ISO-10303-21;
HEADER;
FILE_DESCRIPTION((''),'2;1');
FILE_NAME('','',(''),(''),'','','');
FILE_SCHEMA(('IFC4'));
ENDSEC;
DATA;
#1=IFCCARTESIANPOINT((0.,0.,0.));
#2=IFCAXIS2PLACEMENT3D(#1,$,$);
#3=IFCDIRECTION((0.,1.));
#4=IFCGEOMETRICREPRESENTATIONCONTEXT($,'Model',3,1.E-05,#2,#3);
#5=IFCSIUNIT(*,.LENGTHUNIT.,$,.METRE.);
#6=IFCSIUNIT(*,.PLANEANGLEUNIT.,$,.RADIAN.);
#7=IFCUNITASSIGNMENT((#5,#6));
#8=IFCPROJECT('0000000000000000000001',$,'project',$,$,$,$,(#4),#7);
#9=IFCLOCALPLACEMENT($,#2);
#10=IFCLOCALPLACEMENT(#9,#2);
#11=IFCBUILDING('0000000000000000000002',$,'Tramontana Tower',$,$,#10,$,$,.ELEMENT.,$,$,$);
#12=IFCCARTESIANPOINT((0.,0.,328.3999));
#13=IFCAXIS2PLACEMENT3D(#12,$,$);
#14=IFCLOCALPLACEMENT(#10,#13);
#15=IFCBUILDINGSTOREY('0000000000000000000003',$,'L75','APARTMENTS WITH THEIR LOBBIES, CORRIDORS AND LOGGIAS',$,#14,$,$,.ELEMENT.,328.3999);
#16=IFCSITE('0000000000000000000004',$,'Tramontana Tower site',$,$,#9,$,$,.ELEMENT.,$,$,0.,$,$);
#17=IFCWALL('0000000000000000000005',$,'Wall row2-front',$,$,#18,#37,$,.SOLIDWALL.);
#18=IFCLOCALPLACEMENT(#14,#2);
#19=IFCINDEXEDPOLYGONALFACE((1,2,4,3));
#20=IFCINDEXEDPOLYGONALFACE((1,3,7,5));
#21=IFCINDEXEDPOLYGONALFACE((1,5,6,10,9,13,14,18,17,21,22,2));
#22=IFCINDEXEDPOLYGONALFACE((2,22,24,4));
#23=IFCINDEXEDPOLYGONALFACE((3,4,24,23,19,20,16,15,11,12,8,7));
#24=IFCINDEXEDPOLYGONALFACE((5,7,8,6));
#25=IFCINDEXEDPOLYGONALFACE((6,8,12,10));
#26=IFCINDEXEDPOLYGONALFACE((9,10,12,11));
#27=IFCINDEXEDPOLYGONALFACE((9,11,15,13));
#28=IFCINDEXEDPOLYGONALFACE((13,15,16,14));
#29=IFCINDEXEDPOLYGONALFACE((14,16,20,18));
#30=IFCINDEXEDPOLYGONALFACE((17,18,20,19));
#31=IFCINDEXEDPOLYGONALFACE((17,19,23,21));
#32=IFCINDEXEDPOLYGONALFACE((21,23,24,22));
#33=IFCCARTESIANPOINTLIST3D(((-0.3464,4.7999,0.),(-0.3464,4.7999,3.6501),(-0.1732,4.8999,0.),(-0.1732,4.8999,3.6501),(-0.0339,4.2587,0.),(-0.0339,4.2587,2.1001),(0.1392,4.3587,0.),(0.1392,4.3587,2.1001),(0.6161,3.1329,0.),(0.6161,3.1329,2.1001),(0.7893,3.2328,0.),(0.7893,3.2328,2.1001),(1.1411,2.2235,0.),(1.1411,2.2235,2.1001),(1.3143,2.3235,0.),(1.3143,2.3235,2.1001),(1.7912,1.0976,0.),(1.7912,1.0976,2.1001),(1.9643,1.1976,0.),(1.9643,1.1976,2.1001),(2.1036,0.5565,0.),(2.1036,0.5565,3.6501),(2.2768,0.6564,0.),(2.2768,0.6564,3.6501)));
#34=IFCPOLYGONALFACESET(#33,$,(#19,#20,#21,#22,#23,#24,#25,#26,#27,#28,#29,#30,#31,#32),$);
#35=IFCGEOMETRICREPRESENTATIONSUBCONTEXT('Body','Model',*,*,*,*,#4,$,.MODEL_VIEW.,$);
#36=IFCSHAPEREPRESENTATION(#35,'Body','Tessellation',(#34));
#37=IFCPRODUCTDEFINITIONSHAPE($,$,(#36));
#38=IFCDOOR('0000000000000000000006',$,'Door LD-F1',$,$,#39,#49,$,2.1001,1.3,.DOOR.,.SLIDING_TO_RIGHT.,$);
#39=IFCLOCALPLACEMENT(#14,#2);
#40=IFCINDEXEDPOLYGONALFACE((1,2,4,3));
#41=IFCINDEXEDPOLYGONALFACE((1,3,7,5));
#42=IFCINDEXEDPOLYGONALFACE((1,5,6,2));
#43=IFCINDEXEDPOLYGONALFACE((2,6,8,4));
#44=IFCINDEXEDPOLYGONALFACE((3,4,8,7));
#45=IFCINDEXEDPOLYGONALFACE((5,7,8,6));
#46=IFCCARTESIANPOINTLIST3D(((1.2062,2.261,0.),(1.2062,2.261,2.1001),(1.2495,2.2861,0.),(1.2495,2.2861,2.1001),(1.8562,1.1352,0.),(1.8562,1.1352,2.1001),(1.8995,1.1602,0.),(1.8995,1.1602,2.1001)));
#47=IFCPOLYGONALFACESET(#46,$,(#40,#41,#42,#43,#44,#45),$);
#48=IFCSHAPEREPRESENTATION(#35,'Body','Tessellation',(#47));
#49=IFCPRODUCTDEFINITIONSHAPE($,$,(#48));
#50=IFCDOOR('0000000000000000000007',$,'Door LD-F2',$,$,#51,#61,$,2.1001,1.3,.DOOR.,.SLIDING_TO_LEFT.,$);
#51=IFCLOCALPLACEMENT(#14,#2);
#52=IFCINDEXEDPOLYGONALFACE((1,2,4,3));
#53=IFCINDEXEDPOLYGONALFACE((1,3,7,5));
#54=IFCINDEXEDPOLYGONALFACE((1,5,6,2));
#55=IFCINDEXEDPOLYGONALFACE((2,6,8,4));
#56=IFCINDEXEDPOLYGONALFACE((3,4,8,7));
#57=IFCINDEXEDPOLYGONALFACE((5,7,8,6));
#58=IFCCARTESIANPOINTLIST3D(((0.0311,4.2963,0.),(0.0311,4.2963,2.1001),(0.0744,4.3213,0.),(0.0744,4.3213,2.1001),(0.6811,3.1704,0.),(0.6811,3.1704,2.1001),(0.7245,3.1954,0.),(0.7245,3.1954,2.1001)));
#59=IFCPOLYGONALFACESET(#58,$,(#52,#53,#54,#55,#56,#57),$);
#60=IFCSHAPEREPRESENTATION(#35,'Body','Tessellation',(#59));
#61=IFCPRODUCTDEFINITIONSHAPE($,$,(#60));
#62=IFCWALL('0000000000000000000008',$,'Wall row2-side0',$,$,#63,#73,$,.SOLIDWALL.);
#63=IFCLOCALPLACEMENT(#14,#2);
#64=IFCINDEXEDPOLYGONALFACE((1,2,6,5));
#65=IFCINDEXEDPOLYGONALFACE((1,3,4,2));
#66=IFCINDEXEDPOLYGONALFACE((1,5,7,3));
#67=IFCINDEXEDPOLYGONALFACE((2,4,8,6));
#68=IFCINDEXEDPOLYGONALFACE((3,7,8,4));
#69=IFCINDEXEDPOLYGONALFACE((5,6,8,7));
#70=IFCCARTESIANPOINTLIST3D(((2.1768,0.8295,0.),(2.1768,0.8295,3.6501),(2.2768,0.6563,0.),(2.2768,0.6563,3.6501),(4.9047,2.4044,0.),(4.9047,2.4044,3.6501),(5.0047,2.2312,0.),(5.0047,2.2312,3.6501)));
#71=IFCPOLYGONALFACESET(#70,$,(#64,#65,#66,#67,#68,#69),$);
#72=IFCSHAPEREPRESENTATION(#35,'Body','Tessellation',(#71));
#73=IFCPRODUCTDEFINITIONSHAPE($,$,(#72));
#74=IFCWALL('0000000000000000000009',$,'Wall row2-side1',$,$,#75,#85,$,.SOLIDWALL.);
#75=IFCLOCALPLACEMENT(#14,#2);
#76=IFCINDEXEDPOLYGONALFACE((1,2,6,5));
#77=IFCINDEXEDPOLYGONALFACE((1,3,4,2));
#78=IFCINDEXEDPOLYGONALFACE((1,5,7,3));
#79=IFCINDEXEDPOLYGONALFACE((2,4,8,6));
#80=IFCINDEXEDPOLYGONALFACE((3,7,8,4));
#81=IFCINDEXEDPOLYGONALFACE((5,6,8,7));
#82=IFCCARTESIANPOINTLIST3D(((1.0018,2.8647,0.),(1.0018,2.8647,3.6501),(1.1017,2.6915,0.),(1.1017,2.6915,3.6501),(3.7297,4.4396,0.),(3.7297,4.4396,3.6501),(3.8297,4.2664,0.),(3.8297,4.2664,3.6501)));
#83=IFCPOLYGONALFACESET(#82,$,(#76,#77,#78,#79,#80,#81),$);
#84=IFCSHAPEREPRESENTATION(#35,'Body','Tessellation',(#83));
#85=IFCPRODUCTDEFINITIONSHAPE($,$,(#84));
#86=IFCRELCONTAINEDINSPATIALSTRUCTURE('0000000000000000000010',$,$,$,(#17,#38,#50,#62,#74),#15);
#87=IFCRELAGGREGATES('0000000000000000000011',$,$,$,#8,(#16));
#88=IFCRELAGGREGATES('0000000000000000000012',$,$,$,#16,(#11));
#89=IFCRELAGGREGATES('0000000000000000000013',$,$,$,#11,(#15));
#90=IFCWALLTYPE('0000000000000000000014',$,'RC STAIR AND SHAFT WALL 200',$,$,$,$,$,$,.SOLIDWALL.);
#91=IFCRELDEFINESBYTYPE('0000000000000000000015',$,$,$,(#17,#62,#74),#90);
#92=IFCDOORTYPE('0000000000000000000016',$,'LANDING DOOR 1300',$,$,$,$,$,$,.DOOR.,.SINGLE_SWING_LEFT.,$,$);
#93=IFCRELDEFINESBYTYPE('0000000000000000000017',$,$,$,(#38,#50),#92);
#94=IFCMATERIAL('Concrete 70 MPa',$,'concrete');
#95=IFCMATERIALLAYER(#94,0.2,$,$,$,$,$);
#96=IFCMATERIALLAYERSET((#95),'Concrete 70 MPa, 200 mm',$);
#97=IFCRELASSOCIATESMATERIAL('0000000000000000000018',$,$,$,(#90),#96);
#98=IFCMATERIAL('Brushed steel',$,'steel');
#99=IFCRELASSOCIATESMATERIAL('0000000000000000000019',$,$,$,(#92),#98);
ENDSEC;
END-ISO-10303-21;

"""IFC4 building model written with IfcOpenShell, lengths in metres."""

from ifc_helpers import new_model, si_unit, direction, frame, frame_2d, origin, place, context, subcontext, project, spatial, rectangle, extrude, material, layer, layer_set, type_object, element, fill, save


model = new_model("IFC4")

# Units and contexts
model_context = context("Model", 3, precision=1e-05, world=origin(), true_north=direction((0.0, 1.0)))
body_context = subcontext(model_context, "Body", "Model", "MODEL_VIEW")
ifc_project = project(units=[si_unit("LENGTHUNIT", "METRE"), si_unit("PLANEANGLEUNIT", "RADIAN")], contexts=[model_context])

# Site, building, storey
site_placement = place(None, origin())
site = spatial("IfcSite", under=ifc_project, at=site_placement, Name="Tramontana Tower site", CompositionType="ELEMENT", RefElevation=0.0)
building_placement = place(site_placement, origin())
building = spatial("IfcBuilding", under=site, at=building_placement, Name="Tramontana Tower", CompositionType="ELEMENT")
storey_placement = place(building_placement, frame((0.0, 0.0, 328.3999)))
storey = spatial("IfcBuildingStorey", under=building, at=storey_placement, Name="L75", Description="APARTMENTS WITH THEIR LOBBIES, CORRIDORS AND LOGGIAS", CompositionType="ELEMENT", Elevation=328.3999)

# Shared definitions
ifc_material_1 = material(Name="Concrete 70 MPa", Category="concrete")
ifc_layer_1 = layer(ifc_material_1, 0.2)
ifc_layer_set_1 = layer_set([ifc_layer_1], Name="Concrete 70 MPa, 200 mm")
wall_type_1 = type_object("IfcWallType", Name="RC STAIR AND SHAFT WALL 200", PredefinedType="SOLIDWALL", material=ifc_layer_set_1)

# Wall, openings, doors
wall_1_placement = place(storey_placement, frame((2.1902, 0.6064, 0.0), z_axis=(0.0, 0.0, 1.0), x_axis=(-0.500003, 0.866024, 0.0)))
wall_1 = element("IfcWall", 1, at=wall_1_placement, inside=storey, type_object=wall_type_1, Name="Wall row2-front", PredefinedType="SOLIDWALL", context=body_context, shape_type="SweptSolid", body=[
    extrude(rectangle(XDim=4.8999, YDim=0.2, at=frame_2d((2.45, 0.0))), origin(), (0.0, 0.0, 1.0), 3.6501),
])
opening_1_placement = place(wall_1_placement, frame((0.625, 0.0, 0.0)))
opening_1 = element("IfcOpeningElement", 2, at=opening_1_placement, cuts=wall_1, PredefinedType="OPENING", context=body_context, shape_type="SweptSolid", body=[
    extrude(rectangle(XDim=1.3, YDim=2.1001, at=frame_2d((0.6499, 1.05))), frame((0.0, 0.1099, 0.0), z_axis=(0.0, -1.0, 0.0), x_axis=(1.0, 0.0, 0.0)), (0.0, 0.0, 1.0), 0.22),
])
opening_2_placement = place(wall_1_placement, frame((2.9751, 0.0, 0.0)))
opening_2 = element("IfcOpeningElement", 3, at=opening_2_placement, cuts=wall_1, PredefinedType="OPENING", context=body_context, shape_type="SweptSolid", body=[
    extrude(rectangle(XDim=1.3, YDim=2.1001, at=frame_2d((0.6499, 1.05))), frame((0.0, 0.1099, 0.0), z_axis=(0.0, -1.0, 0.0), x_axis=(1.0, 0.0, 0.0)), (0.0, 0.0, 1.0), 0.22),
])
ifc_material_2 = material(Name="Brushed steel", Category="steel")
door_type_1 = type_object("IfcDoorType", Name="LANDING DOOR 1300", OperationType="SINGLE_SWING_LEFT", PredefinedType="DOOR", material=ifc_material_2)
door_1_placement = place(opening_1_placement, origin())
door_1 = element("IfcDoor", 4, at=door_1_placement, inside=storey, type_object=door_type_1, Name="Door LD-F1", OperationType="SLIDING_TO_RIGHT", OverallHeight=2.1001, OverallWidth=1.3, PredefinedType="DOOR", context=body_context, shape_type="SweptSolid", body=[
    extrude(rectangle(XDim=1.3, YDim=2.1001, at=frame_2d((0.6499, 1.05))), frame((0.0, 0.0249, 0.0), z_axis=(0.0, -1.0, 0.0), x_axis=(1.0, 0.0, 0.0)), (0.0, 0.0, 1.0), 0.05),
])
fill(opening_1, door_1)
door_2_placement = place(opening_2_placement, origin())
door_2 = element("IfcDoor", 5, at=door_2_placement, inside=storey, type_object=door_type_1, Name="Door LD-F2", OperationType="SLIDING_TO_LEFT", OverallHeight=2.1001, OverallWidth=1.3, PredefinedType="DOOR", context=body_context, shape_type="SweptSolid", body=[
    extrude(rectangle(XDim=1.3, YDim=2.1001, at=frame_2d((0.6499, 1.05))), frame((0.0, 0.0249, 0.0), z_axis=(0.0, -1.0, 0.0), x_axis=(1.0, 0.0, 0.0)), (0.0, 0.0, 1.0), 0.05),
])
fill(opening_2, door_2)

# Walls
for number, where, z_axis, x_axis, name in (
    (6, (2.2268, 0.7429, 0.0), (0.0, 0.0, 1.0), (0.866036, 0.499982, 0.0), "Wall row2-side0"),
    (7, (1.0518, 2.7781, 0.0), (0.0, 0.0, 1.0), (0.866036, 0.499982, 0.0), "Wall row2-side1"),
):
    element("IfcWall", number, at=place(storey_placement, frame(where, z_axis=z_axis, x_axis=x_axis)), inside=storey, type_object=wall_type_1, Name=name, PredefinedType="SOLIDWALL", context=body_context, shape_type="SweptSolid", body=[
        extrude(rectangle(XDim=3.1499, YDim=0.2, at=frame_2d((1.575, 0.0))), origin(), (0.0, 0.0, 1.0), 3.6501),
    ])

save(model, "model.ifc")
